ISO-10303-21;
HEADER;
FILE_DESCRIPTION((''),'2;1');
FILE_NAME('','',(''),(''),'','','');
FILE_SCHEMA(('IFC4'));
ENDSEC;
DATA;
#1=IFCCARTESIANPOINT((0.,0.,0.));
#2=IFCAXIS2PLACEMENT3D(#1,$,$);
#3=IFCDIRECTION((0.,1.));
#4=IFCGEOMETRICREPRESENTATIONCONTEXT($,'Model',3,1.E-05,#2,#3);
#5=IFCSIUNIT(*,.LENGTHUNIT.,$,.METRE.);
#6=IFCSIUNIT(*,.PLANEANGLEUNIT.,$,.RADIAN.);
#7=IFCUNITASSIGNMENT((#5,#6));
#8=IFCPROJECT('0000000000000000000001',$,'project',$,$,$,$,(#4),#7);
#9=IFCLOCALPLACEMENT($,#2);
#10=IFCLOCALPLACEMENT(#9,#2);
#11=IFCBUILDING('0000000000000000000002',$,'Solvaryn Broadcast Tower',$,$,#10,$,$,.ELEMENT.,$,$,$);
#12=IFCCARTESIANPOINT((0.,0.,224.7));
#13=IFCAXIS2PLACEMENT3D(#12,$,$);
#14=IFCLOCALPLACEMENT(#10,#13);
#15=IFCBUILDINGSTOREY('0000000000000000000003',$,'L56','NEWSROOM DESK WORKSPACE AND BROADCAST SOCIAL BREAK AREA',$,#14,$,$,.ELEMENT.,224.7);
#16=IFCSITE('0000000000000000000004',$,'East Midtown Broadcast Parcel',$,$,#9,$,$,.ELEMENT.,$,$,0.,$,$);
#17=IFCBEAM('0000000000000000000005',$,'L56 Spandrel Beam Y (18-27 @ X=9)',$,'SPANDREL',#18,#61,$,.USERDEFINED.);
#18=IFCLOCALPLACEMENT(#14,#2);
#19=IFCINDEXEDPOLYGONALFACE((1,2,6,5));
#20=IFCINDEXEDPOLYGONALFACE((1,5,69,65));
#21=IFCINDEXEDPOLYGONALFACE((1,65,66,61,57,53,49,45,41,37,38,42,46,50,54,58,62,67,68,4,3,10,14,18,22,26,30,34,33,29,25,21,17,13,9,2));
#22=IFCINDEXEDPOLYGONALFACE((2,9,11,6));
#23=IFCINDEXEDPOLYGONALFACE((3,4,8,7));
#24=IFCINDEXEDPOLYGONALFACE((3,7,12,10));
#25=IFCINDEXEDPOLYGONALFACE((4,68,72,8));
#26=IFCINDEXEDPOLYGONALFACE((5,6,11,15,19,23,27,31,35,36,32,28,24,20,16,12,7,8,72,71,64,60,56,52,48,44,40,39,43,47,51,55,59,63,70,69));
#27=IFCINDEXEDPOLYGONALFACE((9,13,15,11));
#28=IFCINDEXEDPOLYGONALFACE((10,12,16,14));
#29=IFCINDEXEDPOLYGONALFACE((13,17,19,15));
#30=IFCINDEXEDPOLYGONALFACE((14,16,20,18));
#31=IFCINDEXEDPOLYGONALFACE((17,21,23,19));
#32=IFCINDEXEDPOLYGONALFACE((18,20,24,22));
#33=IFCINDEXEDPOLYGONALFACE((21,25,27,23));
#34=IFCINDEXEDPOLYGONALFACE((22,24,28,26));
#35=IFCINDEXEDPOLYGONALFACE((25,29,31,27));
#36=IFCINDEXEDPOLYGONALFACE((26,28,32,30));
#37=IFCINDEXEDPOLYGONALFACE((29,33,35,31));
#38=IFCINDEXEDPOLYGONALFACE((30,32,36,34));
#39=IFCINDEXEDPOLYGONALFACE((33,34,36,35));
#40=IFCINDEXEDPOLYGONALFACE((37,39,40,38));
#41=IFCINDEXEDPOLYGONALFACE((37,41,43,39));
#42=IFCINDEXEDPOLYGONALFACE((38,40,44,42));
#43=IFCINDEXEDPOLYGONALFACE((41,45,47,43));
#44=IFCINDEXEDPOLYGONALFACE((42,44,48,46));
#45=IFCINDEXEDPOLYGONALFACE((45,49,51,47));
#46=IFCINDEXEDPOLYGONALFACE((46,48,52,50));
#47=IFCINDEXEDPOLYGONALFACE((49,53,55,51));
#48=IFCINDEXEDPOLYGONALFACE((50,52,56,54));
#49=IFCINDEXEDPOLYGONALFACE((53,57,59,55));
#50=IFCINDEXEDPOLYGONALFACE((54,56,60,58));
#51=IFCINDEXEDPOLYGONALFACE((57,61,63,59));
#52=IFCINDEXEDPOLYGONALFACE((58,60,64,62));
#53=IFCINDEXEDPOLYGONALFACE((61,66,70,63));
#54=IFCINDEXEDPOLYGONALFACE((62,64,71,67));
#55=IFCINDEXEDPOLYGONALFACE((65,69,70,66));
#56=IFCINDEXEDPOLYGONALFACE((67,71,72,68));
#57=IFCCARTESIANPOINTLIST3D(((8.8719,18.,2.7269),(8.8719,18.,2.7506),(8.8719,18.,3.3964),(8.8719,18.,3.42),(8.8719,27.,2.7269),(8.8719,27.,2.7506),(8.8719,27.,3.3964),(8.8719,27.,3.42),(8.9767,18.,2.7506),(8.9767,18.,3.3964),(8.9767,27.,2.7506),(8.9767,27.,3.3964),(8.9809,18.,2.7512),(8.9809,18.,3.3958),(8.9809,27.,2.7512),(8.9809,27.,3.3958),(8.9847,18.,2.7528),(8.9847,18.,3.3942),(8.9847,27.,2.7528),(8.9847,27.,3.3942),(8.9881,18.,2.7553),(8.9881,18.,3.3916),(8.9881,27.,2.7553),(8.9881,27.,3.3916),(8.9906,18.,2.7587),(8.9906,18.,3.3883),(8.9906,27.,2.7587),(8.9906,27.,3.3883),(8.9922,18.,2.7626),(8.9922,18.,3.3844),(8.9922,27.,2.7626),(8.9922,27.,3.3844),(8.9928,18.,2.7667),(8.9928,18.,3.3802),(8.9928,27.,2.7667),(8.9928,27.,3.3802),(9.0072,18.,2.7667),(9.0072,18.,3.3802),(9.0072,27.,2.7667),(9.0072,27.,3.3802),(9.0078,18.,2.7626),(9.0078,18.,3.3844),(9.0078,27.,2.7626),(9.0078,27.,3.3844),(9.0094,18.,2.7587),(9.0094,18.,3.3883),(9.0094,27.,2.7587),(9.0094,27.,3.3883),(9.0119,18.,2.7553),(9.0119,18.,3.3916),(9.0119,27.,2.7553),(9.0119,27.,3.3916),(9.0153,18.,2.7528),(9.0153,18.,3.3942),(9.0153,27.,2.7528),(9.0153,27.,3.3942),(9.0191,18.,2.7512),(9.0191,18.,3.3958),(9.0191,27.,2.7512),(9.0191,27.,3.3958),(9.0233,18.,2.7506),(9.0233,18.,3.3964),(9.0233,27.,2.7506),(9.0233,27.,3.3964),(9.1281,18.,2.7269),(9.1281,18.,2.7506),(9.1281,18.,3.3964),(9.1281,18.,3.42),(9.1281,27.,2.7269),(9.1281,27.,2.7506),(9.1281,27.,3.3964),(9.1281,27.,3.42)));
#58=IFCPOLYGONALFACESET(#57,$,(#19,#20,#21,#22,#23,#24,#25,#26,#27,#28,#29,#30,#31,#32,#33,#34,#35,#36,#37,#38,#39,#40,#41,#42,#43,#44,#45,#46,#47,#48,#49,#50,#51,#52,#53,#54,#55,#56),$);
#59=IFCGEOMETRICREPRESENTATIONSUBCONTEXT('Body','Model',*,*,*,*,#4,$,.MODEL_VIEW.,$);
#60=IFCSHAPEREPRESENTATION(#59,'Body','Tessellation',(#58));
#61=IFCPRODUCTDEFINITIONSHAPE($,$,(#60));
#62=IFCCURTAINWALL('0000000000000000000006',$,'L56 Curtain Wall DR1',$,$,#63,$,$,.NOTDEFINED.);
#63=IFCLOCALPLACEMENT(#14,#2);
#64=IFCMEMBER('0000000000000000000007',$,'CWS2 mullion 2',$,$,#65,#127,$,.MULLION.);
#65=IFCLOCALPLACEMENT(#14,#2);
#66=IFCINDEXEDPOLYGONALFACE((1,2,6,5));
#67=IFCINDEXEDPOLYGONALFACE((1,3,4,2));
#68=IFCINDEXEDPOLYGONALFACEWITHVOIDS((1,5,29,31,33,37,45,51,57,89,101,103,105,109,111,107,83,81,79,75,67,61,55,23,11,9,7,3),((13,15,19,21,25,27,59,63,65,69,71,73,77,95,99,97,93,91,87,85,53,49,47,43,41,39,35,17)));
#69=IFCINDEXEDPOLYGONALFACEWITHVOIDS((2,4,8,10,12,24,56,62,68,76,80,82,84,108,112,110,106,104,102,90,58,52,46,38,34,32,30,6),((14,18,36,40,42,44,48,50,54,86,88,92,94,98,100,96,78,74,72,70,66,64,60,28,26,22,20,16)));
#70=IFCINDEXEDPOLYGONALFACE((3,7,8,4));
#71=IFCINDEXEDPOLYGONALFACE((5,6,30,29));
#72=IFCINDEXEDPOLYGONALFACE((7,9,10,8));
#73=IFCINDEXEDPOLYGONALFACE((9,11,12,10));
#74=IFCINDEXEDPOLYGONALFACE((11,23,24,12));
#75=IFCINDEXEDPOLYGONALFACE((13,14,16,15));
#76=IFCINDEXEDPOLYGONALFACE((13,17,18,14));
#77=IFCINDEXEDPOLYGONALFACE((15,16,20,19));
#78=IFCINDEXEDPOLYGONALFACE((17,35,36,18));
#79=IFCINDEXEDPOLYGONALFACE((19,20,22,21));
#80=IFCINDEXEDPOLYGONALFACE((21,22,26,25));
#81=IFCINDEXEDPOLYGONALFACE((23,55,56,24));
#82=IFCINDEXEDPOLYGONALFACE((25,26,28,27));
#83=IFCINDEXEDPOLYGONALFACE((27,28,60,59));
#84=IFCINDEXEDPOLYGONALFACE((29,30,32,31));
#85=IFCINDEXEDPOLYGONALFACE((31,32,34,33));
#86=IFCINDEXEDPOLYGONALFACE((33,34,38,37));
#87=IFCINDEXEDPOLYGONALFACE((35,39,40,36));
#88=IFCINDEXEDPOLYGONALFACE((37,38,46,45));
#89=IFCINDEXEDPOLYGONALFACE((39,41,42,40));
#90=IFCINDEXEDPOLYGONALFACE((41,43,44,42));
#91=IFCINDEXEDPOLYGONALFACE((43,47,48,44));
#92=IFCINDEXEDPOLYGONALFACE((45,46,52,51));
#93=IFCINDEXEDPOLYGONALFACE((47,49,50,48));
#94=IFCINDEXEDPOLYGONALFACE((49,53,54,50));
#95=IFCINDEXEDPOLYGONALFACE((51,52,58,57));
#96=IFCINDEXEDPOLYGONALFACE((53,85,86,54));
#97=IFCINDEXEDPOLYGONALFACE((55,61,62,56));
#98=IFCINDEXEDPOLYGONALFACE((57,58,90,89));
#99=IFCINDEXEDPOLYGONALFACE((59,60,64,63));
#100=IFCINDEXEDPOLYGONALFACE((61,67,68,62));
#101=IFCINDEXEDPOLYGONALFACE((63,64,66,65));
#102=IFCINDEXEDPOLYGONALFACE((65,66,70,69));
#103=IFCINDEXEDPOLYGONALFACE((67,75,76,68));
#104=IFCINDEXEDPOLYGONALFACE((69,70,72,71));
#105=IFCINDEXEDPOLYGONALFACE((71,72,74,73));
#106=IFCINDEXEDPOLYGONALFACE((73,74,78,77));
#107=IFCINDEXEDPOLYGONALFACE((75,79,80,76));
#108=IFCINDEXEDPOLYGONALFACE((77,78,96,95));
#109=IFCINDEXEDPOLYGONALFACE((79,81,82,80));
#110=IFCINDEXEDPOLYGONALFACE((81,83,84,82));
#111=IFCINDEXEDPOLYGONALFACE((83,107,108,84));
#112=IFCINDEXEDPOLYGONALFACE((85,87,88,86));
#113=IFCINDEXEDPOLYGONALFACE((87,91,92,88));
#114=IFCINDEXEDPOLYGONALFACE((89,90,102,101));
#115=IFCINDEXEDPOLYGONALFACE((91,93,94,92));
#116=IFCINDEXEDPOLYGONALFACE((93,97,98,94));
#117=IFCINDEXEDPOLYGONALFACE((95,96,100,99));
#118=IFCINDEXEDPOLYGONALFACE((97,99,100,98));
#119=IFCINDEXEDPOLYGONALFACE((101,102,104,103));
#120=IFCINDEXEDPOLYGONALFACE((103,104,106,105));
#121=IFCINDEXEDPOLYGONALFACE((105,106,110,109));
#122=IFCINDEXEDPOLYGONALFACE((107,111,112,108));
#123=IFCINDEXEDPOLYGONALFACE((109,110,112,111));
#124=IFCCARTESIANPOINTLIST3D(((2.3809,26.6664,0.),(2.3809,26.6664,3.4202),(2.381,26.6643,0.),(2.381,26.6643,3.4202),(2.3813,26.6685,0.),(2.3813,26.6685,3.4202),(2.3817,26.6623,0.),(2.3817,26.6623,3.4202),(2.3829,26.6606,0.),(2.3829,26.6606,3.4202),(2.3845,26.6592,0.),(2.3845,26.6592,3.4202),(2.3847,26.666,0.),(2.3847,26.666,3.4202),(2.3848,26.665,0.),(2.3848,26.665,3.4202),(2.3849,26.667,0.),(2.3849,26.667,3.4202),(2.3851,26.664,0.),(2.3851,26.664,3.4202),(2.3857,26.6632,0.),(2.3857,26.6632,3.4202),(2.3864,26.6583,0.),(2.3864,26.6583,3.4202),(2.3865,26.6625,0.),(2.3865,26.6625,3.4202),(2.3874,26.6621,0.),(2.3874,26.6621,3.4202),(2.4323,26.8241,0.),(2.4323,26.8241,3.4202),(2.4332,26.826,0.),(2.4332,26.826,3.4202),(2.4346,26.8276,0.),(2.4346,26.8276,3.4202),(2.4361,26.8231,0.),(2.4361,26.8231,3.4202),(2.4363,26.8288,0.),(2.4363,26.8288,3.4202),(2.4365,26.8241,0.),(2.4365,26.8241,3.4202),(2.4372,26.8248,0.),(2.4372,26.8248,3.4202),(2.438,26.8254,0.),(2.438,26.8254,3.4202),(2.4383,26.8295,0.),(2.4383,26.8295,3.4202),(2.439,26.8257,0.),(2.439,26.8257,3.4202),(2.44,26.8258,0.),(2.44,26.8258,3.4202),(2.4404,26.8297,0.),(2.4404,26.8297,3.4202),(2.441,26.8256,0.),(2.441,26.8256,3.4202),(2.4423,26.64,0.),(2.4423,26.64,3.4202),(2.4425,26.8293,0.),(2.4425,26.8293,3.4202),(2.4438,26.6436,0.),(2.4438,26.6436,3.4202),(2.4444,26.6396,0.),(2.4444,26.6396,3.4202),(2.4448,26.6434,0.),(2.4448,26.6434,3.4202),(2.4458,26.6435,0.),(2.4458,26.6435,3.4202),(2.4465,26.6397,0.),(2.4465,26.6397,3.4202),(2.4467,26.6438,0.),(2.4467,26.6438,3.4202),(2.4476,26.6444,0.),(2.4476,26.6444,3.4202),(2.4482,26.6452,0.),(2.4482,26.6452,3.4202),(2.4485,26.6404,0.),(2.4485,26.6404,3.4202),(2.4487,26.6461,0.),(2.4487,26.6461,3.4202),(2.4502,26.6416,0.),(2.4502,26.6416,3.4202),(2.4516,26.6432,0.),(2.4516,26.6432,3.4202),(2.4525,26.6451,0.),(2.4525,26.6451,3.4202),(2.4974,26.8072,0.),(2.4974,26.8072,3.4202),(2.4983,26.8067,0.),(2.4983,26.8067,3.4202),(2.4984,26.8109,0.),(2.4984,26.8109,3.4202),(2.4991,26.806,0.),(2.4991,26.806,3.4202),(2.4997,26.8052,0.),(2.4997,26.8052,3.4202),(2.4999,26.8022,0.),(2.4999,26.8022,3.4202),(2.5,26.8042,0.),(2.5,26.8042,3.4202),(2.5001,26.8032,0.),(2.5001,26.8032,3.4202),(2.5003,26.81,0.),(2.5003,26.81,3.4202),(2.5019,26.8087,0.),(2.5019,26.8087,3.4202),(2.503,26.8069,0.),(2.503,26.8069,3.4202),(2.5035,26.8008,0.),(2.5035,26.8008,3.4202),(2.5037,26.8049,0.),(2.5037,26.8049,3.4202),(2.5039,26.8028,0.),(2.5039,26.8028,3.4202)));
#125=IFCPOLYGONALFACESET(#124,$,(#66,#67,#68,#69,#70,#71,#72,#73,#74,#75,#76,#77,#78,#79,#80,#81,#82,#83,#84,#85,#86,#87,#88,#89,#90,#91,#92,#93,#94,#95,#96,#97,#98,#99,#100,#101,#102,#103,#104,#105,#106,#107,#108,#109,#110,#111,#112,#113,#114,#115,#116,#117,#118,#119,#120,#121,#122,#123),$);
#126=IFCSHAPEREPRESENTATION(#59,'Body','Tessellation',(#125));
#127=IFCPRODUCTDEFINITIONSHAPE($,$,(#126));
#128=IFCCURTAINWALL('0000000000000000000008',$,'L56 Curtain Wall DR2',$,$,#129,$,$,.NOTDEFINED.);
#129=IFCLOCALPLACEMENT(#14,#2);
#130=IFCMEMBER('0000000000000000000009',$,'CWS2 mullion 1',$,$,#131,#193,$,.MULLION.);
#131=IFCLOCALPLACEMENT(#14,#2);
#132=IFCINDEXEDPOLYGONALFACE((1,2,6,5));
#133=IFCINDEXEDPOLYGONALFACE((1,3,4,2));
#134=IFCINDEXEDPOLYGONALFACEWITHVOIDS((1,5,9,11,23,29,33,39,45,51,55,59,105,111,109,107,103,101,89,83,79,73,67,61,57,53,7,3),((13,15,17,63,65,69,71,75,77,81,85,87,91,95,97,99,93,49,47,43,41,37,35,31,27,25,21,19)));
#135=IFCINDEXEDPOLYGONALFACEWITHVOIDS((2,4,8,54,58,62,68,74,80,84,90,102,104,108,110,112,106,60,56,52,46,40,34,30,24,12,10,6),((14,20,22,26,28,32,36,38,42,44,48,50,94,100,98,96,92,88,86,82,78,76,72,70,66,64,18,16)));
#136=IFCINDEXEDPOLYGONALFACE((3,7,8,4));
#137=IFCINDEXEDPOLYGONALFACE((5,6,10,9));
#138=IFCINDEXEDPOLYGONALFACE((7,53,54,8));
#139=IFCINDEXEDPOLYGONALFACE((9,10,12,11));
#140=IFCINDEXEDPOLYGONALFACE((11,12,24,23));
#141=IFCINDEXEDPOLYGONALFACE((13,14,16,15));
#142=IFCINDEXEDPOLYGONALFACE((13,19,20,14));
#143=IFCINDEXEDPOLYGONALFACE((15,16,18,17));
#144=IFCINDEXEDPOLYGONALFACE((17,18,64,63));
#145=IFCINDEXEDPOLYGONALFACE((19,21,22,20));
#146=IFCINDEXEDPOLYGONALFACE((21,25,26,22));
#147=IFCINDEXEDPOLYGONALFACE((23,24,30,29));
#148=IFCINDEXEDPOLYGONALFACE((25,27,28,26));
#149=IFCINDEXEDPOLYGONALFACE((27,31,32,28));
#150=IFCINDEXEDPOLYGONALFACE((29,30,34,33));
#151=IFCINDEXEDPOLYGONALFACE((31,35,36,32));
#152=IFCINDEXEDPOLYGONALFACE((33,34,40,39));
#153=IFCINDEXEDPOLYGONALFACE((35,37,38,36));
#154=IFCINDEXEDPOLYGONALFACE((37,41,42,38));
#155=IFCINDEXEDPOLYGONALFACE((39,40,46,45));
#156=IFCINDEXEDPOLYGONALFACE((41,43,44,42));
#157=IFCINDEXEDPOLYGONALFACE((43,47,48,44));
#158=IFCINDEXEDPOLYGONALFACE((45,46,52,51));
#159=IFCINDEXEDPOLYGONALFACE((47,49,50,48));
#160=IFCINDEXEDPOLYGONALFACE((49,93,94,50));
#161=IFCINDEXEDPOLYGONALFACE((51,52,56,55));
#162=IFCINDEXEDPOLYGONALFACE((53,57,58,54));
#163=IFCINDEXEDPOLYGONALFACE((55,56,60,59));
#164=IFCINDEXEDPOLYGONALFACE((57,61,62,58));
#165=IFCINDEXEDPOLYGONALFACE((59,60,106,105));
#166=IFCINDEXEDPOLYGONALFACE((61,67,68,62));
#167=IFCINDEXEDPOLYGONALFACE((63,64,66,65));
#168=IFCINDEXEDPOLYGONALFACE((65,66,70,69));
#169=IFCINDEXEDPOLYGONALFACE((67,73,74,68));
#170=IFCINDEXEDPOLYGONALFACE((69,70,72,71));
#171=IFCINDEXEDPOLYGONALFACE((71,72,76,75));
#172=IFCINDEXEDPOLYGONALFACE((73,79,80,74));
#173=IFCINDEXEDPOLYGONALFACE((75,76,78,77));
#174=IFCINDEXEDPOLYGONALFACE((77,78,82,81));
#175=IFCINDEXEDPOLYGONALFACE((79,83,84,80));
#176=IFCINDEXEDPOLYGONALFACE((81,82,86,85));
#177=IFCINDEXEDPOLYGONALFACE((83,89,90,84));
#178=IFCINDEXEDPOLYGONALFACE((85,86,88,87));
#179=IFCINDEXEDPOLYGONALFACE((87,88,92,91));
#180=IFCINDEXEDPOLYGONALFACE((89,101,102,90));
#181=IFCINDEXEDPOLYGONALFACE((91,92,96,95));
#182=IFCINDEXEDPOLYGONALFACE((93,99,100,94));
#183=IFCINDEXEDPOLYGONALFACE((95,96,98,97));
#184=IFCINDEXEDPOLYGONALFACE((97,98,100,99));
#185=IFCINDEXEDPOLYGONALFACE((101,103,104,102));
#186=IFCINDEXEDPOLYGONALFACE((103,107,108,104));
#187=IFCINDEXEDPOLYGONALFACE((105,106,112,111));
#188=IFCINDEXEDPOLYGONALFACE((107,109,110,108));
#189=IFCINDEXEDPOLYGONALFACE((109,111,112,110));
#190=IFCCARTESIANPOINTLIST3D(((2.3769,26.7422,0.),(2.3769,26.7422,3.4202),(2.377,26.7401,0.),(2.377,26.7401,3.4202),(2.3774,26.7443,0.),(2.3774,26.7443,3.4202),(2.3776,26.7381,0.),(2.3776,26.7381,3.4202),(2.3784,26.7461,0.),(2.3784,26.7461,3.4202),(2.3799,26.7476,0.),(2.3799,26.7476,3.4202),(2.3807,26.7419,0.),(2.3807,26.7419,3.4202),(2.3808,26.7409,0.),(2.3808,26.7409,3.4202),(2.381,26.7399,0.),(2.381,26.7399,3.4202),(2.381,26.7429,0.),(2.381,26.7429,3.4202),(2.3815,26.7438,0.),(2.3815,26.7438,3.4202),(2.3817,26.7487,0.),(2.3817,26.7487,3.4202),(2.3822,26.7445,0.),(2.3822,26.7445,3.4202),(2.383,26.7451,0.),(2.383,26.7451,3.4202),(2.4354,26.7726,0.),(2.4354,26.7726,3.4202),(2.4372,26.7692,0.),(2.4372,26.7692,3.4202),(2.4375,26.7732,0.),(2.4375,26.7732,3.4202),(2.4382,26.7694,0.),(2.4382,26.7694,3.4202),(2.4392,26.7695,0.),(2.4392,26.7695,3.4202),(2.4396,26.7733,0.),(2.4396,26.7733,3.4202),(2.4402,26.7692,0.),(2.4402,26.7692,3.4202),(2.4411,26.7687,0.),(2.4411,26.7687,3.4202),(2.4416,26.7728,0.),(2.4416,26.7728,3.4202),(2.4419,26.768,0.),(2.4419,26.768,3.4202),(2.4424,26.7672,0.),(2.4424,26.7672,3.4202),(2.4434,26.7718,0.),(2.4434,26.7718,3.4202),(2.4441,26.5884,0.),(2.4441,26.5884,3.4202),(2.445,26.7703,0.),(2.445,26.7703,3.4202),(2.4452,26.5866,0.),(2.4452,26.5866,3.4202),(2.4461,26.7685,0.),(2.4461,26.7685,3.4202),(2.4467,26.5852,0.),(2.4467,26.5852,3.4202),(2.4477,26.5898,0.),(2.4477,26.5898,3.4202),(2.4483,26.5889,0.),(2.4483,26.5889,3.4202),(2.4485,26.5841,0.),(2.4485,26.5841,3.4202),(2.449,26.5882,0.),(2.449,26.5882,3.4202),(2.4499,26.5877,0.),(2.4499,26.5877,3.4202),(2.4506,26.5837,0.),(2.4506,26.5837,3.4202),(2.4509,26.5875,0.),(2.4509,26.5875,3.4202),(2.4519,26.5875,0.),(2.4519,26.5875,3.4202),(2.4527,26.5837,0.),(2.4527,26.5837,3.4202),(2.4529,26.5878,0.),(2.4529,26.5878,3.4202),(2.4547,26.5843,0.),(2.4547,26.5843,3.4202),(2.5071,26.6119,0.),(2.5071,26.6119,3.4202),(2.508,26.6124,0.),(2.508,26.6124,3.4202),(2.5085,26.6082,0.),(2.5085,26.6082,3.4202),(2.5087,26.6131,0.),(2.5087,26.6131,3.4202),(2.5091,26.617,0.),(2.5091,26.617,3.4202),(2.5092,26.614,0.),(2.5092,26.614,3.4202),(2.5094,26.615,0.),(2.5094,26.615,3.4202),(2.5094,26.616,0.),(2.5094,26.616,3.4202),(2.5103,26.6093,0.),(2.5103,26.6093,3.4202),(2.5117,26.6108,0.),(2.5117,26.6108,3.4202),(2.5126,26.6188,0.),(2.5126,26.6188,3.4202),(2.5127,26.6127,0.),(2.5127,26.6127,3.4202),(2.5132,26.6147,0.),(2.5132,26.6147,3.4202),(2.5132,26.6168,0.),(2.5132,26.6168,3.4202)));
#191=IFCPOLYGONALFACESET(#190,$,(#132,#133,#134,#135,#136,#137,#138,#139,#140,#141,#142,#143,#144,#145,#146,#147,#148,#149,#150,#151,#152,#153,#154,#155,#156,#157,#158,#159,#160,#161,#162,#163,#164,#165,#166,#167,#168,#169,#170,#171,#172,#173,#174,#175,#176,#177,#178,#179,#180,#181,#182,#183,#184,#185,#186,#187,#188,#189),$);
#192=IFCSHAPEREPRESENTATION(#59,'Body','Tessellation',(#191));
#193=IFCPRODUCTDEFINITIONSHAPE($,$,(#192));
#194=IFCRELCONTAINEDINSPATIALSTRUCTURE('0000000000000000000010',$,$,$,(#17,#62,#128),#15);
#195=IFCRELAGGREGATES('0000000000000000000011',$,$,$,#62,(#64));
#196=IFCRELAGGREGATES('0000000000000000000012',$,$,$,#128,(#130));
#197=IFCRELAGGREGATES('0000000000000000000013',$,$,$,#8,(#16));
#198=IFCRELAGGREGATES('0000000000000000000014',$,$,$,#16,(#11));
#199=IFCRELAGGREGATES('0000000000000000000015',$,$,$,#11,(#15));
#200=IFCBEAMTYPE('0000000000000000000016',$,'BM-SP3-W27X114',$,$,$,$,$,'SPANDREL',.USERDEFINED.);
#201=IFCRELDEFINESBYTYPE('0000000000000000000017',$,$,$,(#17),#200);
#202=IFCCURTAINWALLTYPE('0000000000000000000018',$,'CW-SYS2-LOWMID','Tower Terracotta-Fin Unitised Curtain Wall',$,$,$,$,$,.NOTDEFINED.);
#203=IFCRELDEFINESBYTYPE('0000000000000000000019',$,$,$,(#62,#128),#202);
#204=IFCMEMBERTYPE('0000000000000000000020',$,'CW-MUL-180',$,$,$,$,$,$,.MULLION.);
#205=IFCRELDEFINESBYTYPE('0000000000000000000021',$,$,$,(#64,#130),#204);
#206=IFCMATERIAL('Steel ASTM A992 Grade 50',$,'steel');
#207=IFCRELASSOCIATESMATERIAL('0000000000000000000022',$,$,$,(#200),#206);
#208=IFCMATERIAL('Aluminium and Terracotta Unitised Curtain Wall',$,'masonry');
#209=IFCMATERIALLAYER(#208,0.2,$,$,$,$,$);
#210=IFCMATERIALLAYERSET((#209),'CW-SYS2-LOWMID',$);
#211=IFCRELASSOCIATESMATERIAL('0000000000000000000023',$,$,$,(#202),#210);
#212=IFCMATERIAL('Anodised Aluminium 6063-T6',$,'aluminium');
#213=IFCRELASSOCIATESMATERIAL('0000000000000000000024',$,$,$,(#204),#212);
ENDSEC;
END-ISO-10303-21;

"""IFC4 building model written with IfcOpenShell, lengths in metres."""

from ifc_helpers import new_model, si_unit, direction, frame, origin, origin_2d, place, context, subcontext, project, spatial, hollow_rectangle, i_section, extrude, material, layer, layer_set, material_profile, profile_set, type_object, element, aggregate, save


model = new_model("IFC4")

# Units and contexts
model_context = context("Model", 3, precision=1e-05, world=origin(), true_north=direction((0.0, 1.0)))
body_context = subcontext(model_context, "Body", "Model", "MODEL_VIEW")
ifc_project = project(units=[si_unit("LENGTHUNIT", "METRE"), si_unit("PLANEANGLEUNIT", "RADIAN")], contexts=[model_context])

# Site, building, storey
site_placement = place(None, origin())
site = spatial("IfcSite", under=ifc_project, at=site_placement, Name="East Midtown Broadcast Parcel", CompositionType="ELEMENT", RefElevation=0.0)
building_placement = place(site_placement, origin())
building = spatial("IfcBuilding", under=site, at=building_placement, Name="Solvaryn Broadcast Tower", CompositionType="ELEMENT")
storey_placement = place(building_placement, frame((0.0, 0.0, 224.7)))
storey = spatial("IfcBuildingStorey", under=building, at=storey_placement, Name="L56", Description="NEWSROOM DESK WORKSPACE AND BROADCAST SOCIAL BREAK AREA", CompositionType="ELEMENT", Elevation=224.7)

# Beam
ifc_material_1 = material(Name="Steel ASTM A992 Grade 50", Category="steel")
ifc_material_profile_1 = material_profile(ifc_material_1, i_section(OverallWidth=0.2561, OverallDepth=0.6931, WebThickness=0.0144, FlangeThickness=0.0237, FilletRadius=0.0161, at=origin_2d()))
ifc_profile_set_1 = profile_set([ifc_material_profile_1], Name="Steel ASTM A992 Grade 50")
beam_type_1 = type_object("IfcBeamType", Name="BM-SP3-W27X114", ElementType="SPANDREL", PredefinedType="USERDEFINED", material=ifc_profile_set_1)
beam_1_placement = place(storey_placement, frame((9.0, 18.0, 3.0735), z_axis=(0.0, 1.0, 0.0), x_axis=(-1.0, 0.0, 0.0)))
element("IfcBeam", 1, at=beam_1_placement, inside=storey, type_object=beam_type_1, Name="L56 Spandrel Beam Y (18-27 @ X=9)", ObjectType="SPANDREL", PredefinedType="USERDEFINED", context=body_context, shape_type="SweptSolid", body=[
    extrude(i_section(OverallWidth=0.2561, OverallDepth=0.6931, WebThickness=0.0144, FlangeThickness=0.0237, FilletRadius=0.0161, at=origin_2d()), origin(), (0.0, 0.0, 1.0), 9.0),
])

# Curtain wall, member
ifc_material_2 = material(Name="Aluminium and Terracotta Unitised Curtain Wall", Category="masonry")
ifc_layer_1 = layer(ifc_material_2, 0.2)
ifc_layer_set_1 = layer_set([ifc_layer_1], Name="CW-SYS2-LOWMID")
curtain_wall_type = type_object("IfcCurtainWallType", Name="CW-SYS2-LOWMID", Description="Tower Terracotta-Fin Unitised Curtain Wall", PredefinedType="NOTDEFINED", material=ifc_layer_set_1)
curtain_wall_1_placement = place(storey_placement, origin())
curtain_wall_1 = element("IfcCurtainWall", 2, at=curtain_wall_1_placement, inside=storey, type_object=curtain_wall_type, Name="L56 Curtain Wall DR1", PredefinedType="NOTDEFINED")
ifc_material_3 = material(Name="Anodised Aluminium 6063-T6", Category="aluminium")
ifc_material_profile_2 = material_profile(ifc_material_3, hollow_rectangle(XDim=0.075, YDim=0.1799, WallThickness=0.0039, InnerFilletRadius=0.0039, OuterFilletRadius=0.0081, at=origin_2d()))
ifc_profile_set_2 = profile_set([ifc_material_profile_2], Name="Anodised Aluminium 6063-T6")
member_type_1 = type_object("IfcMemberType", Name="CW-MUL-180", PredefinedType="MULLION", material=ifc_profile_set_2)
member_1_placement = place(storey_placement, frame((2.4424, 26.7346, 0.0), z_axis=(0.0, 0.0, 1.0), x_axis=(0.950227, -0.311559, 0.0)))
member_1 = element("IfcMember", 3, at=member_1_placement, type_object=member_type_1, Name="CWS2 mullion 2", PredefinedType="MULLION", context=body_context, shape_type="SweptSolid", body=[
    extrude(hollow_rectangle(XDim=0.075, YDim=0.1799, WallThickness=0.0039, InnerFilletRadius=0.0039, OuterFilletRadius=0.0081, at=origin_2d()), origin(), (0.0, 0.0, 1.0), 3.4202),
])
aggregate(curtain_wall_1, [member_1])

# Curtain wall, member
curtain_wall_2_placement = place(storey_placement, origin())
curtain_wall_2 = element("IfcCurtainWall", 4, at=curtain_wall_2_placement, inside=storey, type_object=curtain_wall_type, Name="L56 Curtain Wall DR2", PredefinedType="NOTDEFINED")
member_2_placement = place(storey_placement, frame((2.4451, 26.6785, 0.0), z_axis=(0.0, 0.0, 1.0), x_axis=(0.913917, 0.405901, 0.0)))
member_2 = element("IfcMember", 5, at=member_2_placement, type_object=member_type_1, Name="CWS2 mullion 1", PredefinedType="MULLION", context=body_context, shape_type="SweptSolid", body=[
    extrude(hollow_rectangle(XDim=0.075, YDim=0.1799, WallThickness=0.0039, InnerFilletRadius=0.0039, OuterFilletRadius=0.0081, at=origin_2d()), origin(), (0.0, 0.0, 1.0), 3.4202),
])
aggregate(curtain_wall_2, [member_2])

save(model, "model.ifc")
